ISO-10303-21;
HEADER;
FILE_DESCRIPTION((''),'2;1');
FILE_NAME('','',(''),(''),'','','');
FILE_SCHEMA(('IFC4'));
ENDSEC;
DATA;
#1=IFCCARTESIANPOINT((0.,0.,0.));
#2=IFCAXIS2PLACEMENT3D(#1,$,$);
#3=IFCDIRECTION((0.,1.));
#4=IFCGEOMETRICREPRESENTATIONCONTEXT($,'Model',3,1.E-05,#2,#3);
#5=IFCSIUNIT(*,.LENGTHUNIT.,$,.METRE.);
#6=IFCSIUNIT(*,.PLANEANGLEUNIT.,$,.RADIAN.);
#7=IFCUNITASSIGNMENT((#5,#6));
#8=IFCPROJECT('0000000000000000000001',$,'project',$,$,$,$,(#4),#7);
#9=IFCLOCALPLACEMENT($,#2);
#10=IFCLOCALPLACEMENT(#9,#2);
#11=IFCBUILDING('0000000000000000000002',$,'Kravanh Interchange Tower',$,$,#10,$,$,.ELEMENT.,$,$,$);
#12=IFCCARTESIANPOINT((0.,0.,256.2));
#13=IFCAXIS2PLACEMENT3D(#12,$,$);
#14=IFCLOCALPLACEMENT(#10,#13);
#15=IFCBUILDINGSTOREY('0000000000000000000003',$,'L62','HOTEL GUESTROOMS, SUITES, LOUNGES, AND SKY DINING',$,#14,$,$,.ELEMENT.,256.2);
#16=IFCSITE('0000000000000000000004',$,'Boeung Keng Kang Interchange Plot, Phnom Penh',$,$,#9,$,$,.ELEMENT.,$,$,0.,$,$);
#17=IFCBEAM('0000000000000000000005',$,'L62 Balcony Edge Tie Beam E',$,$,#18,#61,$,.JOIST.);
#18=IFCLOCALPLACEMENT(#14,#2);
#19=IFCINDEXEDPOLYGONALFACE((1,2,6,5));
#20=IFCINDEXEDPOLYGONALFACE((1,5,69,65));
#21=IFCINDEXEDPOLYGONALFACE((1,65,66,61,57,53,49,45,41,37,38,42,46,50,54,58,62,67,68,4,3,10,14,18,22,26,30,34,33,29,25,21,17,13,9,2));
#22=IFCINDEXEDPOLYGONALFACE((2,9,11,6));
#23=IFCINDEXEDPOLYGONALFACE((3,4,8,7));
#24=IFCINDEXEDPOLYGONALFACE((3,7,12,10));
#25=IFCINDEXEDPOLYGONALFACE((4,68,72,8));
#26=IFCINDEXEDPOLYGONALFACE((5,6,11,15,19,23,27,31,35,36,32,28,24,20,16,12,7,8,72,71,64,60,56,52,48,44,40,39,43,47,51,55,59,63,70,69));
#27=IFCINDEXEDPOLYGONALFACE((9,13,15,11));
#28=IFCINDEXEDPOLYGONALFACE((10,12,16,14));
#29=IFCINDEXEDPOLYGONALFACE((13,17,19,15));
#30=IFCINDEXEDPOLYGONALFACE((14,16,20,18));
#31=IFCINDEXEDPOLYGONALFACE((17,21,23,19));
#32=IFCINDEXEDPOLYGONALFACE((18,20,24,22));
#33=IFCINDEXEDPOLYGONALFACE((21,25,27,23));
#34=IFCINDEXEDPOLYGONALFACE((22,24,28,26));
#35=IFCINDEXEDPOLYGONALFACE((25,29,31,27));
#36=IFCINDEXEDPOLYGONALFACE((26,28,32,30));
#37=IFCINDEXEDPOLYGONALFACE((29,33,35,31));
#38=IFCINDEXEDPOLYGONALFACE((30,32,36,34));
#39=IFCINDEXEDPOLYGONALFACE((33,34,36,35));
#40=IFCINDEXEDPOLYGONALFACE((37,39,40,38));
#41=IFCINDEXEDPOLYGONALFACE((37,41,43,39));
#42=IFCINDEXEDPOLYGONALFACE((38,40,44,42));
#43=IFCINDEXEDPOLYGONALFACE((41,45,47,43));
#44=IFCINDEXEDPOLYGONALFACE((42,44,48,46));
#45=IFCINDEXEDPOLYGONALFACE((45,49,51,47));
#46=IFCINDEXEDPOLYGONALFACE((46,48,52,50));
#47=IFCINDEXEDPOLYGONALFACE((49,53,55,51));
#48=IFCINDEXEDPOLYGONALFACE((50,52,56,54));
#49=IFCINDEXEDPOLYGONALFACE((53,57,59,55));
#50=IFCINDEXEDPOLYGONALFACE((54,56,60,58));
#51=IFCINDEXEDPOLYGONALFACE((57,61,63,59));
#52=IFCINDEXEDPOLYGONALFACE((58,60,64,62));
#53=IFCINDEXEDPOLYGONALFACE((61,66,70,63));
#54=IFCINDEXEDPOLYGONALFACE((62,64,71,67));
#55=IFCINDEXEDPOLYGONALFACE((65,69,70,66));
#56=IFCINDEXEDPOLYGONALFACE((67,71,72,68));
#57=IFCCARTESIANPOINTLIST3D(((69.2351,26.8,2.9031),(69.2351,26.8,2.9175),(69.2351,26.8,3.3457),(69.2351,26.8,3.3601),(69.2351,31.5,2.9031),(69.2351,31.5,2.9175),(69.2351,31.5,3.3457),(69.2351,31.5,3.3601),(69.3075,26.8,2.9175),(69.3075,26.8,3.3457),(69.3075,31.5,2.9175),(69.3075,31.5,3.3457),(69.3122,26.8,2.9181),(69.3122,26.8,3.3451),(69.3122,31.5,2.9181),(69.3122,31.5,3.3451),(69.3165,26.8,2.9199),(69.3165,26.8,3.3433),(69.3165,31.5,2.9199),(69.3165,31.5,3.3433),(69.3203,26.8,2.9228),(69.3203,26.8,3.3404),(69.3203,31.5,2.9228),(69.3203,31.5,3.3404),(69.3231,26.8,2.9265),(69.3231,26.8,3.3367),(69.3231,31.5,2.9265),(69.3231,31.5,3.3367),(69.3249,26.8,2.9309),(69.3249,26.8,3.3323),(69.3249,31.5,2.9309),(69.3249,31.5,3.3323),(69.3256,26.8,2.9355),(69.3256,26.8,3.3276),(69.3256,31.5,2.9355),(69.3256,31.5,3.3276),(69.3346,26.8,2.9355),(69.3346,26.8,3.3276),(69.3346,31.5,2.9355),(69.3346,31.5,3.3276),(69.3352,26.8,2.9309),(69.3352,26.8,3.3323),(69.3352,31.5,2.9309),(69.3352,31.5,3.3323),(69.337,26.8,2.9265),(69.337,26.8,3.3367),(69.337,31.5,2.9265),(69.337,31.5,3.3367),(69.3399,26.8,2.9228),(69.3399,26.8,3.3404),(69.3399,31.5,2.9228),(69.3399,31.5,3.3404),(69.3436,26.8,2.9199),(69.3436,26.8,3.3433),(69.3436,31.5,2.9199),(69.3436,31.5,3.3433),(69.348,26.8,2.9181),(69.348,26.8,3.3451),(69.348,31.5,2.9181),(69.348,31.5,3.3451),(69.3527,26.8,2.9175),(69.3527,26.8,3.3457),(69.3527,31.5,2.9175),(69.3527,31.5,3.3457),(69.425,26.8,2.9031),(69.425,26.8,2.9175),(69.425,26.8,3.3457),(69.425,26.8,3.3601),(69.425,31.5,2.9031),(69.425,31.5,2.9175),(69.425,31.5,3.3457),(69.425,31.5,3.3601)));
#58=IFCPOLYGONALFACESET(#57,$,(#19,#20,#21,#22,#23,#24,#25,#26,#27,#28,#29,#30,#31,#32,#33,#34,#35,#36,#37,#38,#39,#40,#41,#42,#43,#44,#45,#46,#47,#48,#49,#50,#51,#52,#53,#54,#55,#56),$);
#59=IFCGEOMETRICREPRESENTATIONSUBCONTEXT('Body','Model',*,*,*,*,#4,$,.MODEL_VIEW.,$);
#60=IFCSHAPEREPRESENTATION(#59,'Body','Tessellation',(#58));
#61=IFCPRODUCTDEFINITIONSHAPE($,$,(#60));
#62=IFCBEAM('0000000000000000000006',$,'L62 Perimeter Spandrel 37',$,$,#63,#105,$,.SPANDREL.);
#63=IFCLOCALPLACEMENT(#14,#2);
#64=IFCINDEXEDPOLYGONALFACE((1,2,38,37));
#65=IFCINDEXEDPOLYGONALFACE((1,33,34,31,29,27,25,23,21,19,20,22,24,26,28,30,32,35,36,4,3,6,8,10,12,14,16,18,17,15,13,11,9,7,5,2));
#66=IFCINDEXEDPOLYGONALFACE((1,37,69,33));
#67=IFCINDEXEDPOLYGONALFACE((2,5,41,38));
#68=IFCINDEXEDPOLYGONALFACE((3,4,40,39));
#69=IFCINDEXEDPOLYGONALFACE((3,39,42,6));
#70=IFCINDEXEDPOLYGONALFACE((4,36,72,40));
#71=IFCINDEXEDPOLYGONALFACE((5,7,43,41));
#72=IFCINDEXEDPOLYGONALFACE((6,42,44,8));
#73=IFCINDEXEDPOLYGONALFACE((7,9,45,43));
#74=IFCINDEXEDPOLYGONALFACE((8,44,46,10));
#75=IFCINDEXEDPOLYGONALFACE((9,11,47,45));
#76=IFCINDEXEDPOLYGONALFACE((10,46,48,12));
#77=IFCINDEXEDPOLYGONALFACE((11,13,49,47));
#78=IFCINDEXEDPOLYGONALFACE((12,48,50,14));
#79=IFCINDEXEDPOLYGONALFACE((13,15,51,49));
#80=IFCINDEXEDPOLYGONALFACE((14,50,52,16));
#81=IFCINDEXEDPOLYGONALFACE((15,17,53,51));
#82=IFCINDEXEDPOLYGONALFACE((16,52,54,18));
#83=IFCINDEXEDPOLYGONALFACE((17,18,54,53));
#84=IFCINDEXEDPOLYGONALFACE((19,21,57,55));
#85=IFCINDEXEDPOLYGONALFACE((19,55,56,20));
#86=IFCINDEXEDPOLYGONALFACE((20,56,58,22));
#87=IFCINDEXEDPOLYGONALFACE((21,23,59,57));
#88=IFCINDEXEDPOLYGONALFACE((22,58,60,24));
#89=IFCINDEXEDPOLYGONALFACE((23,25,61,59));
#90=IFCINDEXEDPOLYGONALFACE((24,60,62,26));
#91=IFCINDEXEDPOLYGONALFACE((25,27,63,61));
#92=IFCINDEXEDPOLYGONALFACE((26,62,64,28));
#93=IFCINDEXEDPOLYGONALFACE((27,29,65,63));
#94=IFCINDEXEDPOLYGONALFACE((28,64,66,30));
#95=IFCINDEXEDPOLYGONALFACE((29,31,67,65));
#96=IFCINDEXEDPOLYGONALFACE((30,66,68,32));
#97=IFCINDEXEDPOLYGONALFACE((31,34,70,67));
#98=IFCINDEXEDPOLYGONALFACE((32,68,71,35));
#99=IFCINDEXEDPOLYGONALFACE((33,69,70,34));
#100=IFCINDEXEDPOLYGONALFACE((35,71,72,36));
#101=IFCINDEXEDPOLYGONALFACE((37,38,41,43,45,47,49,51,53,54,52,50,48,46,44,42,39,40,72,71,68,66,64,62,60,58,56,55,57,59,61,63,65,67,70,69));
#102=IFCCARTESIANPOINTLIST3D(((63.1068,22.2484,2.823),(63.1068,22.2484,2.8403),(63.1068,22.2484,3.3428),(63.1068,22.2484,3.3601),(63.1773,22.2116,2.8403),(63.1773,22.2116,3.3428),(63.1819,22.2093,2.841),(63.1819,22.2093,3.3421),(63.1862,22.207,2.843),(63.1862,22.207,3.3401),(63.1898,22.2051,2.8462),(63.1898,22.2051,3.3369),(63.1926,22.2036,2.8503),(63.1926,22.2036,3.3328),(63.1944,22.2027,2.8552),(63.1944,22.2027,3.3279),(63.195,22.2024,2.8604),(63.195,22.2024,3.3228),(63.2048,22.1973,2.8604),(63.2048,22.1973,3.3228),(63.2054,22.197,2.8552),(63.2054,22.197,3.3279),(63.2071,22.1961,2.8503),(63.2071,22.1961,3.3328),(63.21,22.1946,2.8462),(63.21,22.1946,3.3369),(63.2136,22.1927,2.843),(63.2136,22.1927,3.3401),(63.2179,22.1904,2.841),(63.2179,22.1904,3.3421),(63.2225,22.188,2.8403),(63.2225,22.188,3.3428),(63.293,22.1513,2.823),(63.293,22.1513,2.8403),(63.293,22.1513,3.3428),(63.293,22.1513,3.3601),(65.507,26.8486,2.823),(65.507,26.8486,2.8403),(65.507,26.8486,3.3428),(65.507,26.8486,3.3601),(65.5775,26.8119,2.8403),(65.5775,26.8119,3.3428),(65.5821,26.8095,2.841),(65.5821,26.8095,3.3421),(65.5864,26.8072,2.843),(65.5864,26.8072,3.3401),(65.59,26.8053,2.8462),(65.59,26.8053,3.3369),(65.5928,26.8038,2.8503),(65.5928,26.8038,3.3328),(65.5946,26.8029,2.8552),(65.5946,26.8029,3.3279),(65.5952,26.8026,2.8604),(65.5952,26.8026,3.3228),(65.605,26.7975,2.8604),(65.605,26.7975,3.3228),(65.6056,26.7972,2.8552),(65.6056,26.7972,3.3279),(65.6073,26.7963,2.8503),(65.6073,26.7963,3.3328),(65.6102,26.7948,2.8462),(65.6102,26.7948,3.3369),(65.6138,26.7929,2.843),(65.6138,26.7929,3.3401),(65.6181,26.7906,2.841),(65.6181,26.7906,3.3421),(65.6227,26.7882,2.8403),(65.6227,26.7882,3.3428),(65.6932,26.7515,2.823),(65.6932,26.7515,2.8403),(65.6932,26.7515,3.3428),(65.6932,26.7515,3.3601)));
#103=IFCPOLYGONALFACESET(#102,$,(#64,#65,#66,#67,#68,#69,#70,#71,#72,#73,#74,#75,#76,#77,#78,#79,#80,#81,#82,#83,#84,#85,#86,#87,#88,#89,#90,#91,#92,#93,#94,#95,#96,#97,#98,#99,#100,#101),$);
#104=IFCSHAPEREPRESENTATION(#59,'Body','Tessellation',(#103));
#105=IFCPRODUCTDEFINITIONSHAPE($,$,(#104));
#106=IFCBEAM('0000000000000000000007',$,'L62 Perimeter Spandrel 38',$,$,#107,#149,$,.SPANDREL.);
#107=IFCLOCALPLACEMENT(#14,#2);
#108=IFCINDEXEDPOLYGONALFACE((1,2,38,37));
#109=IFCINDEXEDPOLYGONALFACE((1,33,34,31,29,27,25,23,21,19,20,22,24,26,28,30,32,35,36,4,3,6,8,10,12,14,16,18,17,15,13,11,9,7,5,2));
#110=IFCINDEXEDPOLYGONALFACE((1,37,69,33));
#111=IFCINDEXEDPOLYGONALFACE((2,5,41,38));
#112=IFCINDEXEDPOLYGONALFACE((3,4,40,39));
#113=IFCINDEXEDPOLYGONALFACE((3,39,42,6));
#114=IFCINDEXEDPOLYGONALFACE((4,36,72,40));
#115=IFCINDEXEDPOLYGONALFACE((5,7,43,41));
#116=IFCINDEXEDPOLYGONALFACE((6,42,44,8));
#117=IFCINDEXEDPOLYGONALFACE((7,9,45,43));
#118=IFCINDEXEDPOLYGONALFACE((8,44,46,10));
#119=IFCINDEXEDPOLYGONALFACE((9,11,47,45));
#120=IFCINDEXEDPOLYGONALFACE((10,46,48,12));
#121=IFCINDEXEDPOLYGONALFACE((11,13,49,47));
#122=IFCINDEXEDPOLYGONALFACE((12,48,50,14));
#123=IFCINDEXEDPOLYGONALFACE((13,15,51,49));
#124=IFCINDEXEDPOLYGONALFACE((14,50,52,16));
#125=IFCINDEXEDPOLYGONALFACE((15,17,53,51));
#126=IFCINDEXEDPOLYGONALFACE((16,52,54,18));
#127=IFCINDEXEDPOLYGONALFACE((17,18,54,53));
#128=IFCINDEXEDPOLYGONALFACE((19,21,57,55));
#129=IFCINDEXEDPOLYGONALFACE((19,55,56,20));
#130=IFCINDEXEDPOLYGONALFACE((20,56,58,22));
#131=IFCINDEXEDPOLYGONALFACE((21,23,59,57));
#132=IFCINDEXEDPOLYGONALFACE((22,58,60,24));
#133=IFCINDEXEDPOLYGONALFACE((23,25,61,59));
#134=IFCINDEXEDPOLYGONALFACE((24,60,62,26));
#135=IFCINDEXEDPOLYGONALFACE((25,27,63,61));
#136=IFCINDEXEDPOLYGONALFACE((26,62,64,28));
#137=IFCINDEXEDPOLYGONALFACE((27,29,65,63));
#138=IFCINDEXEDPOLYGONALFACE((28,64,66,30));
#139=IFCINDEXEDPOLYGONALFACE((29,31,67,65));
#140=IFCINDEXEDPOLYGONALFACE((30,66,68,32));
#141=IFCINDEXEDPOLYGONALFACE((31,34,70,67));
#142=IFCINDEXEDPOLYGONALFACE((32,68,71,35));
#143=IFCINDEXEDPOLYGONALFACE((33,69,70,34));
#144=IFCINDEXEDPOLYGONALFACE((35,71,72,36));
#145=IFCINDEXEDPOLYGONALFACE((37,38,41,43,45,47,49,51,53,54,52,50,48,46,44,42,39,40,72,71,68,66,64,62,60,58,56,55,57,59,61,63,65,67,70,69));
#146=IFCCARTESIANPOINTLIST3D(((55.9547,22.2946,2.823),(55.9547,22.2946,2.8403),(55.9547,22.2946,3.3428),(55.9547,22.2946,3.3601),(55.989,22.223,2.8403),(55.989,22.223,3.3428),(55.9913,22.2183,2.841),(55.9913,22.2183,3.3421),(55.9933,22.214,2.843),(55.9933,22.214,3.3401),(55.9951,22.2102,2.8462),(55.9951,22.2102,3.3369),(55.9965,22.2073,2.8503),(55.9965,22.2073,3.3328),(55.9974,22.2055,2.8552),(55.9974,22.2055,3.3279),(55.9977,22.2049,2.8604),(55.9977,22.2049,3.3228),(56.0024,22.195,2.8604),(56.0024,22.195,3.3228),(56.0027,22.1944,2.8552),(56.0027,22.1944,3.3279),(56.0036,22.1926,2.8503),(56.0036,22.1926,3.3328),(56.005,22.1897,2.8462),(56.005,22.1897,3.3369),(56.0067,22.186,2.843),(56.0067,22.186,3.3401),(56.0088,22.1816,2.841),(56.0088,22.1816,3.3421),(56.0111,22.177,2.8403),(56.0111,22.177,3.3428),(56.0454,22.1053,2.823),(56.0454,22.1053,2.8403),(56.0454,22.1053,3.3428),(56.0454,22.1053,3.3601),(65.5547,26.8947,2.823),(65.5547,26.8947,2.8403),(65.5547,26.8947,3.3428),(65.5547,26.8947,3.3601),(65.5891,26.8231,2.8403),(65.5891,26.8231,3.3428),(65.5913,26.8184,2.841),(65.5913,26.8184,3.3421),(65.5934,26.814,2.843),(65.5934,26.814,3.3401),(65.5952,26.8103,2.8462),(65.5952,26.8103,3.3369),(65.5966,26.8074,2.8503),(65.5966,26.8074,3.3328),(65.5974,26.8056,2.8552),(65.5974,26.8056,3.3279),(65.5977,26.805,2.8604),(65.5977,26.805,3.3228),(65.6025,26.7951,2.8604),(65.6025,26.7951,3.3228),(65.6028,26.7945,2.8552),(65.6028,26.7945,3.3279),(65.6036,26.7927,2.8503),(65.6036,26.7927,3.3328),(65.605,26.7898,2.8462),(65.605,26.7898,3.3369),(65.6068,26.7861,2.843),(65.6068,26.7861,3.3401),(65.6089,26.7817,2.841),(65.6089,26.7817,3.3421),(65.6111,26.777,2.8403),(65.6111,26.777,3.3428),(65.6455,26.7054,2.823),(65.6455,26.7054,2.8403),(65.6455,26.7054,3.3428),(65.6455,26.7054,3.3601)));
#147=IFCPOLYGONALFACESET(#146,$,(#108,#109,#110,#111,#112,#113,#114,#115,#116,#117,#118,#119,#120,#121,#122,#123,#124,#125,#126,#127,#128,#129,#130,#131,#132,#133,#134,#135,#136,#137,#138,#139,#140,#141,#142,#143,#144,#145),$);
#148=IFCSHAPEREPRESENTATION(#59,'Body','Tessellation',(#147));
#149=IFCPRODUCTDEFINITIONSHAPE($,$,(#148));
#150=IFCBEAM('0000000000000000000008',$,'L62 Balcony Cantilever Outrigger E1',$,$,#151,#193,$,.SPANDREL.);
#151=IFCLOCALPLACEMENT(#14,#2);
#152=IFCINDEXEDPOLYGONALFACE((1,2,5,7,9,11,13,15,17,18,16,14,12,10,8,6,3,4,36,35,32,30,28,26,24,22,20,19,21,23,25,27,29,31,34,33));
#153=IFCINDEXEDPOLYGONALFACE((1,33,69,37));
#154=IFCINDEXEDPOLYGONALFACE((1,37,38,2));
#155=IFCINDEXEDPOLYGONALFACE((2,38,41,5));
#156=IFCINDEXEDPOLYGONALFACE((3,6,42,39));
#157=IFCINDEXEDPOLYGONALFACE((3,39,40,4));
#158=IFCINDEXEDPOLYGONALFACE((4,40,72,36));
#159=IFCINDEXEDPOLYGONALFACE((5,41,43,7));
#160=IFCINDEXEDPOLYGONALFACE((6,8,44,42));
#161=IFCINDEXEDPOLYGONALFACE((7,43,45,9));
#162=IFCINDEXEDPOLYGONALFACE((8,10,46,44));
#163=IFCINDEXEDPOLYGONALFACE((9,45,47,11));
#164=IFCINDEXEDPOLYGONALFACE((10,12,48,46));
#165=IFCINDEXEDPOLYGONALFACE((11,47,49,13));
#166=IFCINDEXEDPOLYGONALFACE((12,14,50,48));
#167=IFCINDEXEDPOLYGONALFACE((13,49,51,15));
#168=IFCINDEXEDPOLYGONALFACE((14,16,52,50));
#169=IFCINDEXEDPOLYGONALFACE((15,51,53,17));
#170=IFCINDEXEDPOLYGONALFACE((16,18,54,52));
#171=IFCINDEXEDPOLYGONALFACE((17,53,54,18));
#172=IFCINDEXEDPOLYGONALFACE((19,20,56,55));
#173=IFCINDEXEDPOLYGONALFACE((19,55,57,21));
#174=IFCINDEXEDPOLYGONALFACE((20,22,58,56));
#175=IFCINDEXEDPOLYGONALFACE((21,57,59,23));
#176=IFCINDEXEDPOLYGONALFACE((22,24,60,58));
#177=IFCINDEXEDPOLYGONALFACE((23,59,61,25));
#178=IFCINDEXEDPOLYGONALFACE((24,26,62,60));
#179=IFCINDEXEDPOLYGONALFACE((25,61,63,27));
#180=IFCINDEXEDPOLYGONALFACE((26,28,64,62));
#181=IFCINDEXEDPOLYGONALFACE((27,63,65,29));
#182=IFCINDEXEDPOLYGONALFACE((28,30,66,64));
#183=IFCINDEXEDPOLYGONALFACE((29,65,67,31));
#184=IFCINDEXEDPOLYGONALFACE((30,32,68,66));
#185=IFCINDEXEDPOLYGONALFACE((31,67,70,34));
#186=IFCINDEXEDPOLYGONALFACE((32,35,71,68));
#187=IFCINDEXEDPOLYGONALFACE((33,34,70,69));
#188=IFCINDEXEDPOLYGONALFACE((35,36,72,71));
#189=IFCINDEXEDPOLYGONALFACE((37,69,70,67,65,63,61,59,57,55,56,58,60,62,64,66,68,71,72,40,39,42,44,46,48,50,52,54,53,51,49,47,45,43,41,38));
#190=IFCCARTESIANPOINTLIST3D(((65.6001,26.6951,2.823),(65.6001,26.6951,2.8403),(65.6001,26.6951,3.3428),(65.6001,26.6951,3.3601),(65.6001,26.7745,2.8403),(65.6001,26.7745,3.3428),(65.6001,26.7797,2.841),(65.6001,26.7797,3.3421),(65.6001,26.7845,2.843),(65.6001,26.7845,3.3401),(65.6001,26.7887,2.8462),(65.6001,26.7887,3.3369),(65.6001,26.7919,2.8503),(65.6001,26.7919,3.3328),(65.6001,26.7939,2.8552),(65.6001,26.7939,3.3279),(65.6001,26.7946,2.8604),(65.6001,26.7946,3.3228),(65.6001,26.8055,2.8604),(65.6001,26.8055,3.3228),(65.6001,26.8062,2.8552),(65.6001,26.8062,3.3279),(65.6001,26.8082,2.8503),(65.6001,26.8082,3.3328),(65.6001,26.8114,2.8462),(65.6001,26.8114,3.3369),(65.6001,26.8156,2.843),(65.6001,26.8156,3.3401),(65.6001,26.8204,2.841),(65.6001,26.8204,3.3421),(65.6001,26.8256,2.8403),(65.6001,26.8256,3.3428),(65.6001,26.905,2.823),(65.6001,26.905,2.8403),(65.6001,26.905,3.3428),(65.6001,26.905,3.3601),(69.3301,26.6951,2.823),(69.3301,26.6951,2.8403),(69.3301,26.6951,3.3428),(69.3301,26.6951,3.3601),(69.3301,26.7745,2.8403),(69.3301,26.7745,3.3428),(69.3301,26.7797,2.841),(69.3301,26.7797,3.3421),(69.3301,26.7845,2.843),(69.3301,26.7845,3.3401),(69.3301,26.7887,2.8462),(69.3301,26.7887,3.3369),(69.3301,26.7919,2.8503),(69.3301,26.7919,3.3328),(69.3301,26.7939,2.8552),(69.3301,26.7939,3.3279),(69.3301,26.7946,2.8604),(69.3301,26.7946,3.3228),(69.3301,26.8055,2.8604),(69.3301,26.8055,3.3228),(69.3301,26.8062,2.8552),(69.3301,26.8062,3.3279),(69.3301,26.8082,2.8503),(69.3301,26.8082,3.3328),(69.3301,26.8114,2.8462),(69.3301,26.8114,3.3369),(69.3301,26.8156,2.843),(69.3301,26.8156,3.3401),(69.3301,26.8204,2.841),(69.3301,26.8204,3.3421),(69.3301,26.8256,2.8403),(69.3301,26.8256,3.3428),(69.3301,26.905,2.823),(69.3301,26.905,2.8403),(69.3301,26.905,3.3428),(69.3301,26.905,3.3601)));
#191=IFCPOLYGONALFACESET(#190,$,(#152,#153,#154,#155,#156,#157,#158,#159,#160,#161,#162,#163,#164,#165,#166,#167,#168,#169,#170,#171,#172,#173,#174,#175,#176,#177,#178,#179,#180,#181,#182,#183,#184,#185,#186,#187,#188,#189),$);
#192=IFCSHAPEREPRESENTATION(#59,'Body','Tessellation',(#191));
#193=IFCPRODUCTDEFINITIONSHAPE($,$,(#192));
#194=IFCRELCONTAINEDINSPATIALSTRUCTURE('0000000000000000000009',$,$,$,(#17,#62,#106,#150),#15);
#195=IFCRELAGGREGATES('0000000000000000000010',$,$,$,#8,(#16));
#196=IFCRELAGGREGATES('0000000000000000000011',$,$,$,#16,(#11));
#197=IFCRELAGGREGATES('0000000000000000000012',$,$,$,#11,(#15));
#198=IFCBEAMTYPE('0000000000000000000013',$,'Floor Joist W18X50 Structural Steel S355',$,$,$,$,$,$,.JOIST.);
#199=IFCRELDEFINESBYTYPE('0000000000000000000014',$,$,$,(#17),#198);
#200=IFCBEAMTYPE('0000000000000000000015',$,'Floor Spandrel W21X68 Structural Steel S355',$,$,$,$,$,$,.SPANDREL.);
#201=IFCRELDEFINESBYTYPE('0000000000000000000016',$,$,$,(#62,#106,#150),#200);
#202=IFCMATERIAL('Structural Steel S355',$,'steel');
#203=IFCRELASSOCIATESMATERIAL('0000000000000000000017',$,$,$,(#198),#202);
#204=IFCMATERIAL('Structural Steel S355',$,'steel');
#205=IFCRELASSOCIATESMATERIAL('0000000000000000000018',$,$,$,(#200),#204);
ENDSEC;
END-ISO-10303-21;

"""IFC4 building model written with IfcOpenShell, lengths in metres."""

from ifc_helpers import new_model, si_unit, direction, frame, origin, origin_2d, place, context, subcontext, project, spatial, i_section, extrude, material, material_profile, profile_set, type_object, element, save


model = new_model("IFC4")

# Units and contexts
model_context = context("Model", 3, precision=1e-05, world=origin(), true_north=direction((0.0, 1.0)))
body_context = subcontext(model_context, "Body", "Model", "MODEL_VIEW")
ifc_project = project(units=[si_unit("LENGTHUNIT", "METRE"), si_unit("PLANEANGLEUNIT", "RADIAN")], contexts=[model_context])

# Site, building, storey
site_placement = place(None, origin())
site = spatial("IfcSite", under=ifc_project, at=site_placement, Name="Boeung Keng Kang Interchange Plot, Phnom Penh", CompositionType="ELEMENT", RefElevation=0.0)
building_placement = place(site_placement, origin())
building = spatial("IfcBuilding", under=site, at=building_placement, Name="Kravanh Interchange Tower", CompositionType="ELEMENT")
storey_placement = place(building_placement, frame((0.0, 0.0, 256.2)))
storey = spatial("IfcBuildingStorey", under=building, at=storey_placement, Name="L62", Description="HOTEL GUESTROOMS, SUITES, LOUNGES, AND SKY DINING", CompositionType="ELEMENT", Elevation=256.2)

# Beams
ifc_material_1 = material(Name="Structural Steel S355", Category="steel")
ifc_material_profile_1 = material_profile(ifc_material_1, i_section(OverallWidth=0.1899, OverallDepth=0.457, WebThickness=0.009, FlangeThickness=0.0144, FilletRadius=0.0181, at=origin_2d()), Name="W18X50")
ifc_profile_set_1 = profile_set([ifc_material_profile_1], Name="Structural Steel S355")
beam_type_1 = type_object("IfcBeamType", Name="Floor Joist W18X50 Structural Steel S355", PredefinedType="JOIST", material=ifc_profile_set_1)
beam_1_placement = place(storey_placement, frame((69.3301, 26.8, 3.1316), z_axis=(0.0, 1.0, 0.0), x_axis=(-1.0, 0.0, 0.0)))
element("IfcBeam", 1, at=beam_1_placement, inside=storey, type_object=beam_type_1, Name="L62 Balcony Edge Tie Beam E", PredefinedType="JOIST", context=body_context, shape_type="SweptSolid", body=[
    extrude(i_section(OverallWidth=0.1899, OverallDepth=0.457, WebThickness=0.009, FlangeThickness=0.0144, FilletRadius=0.0181, at=origin_2d()), origin(), (0.0, 0.0, 1.0), 4.7),
])
ifc_material_2 = material(Name="Structural Steel S355", Category="steel")
ifc_material_profile_2 = material_profile(ifc_material_2, i_section(OverallWidth=0.21, OverallDepth=0.5371, WebThickness=0.011, FlangeThickness=0.0173, FilletRadius=0.02, at=origin_2d()), Name="W21X68")
ifc_profile_set_2 = profile_set([ifc_material_profile_2], Name="Structural Steel S355")
beam_type_2 = type_object("IfcBeamType", Name="Floor Spandrel W21X68 Structural Steel S355", PredefinedType="SPANDREL", material=ifc_profile_set_2)
beam_2_placement = place(storey_placement, frame((65.6001, 26.8, 3.0916), z_axis=(-0.46258, -0.886577, 0.0), x_axis=(0.886577, -0.46258, 0.0)))
element("IfcBeam", 2, at=beam_2_placement, inside=storey, type_object=beam_type_2, Name="L62 Perimeter Spandrel 37", PredefinedType="SPANDREL", context=body_context, shape_type="SweptSolid", body=[
    extrude(i_section(OverallWidth=0.21, OverallDepth=0.5371, WebThickness=0.011, FlangeThickness=0.0173, FilletRadius=0.02, at=origin_2d()), origin(), (0.0, 0.0, 1.0), 5.1887),
])
beam_3_placement = place(storey_placement, frame((65.6001, 26.8, 3.0916), z_axis=(-0.901814, -0.432124, 0.0), x_axis=(0.432124, -0.901814, 0.0)))
element("IfcBeam", 3, at=beam_3_placement, inside=storey, type_object=beam_type_2, Name="L62 Perimeter Spandrel 38", PredefinedType="SPANDREL", context=body_context, shape_type="SweptSolid", body=[
    extrude(i_section(OverallWidth=0.21, OverallDepth=0.5371, WebThickness=0.011, FlangeThickness=0.0173, FilletRadius=0.02, at=origin_2d()), origin(), (0.0, 0.0, 1.0), 10.6453),
])
beam_4_placement = place(storey_placement, frame((65.6001, 26.8, 3.0916), z_axis=(1.0, 0.0, 0.0), x_axis=(0.0, 1.0, 0.0)))
element("IfcBeam", 4, at=beam_4_placement, inside=storey, type_object=beam_type_2, Name="L62 Balcony Cantilever Outrigger E1", PredefinedType="SPANDREL", context=body_context, shape_type="SweptSolid", body=[
    extrude(i_section(OverallWidth=0.21, OverallDepth=0.5371, WebThickness=0.011, FlangeThickness=0.0173, FilletRadius=0.02, at=origin_2d()), origin(), (0.0, 0.0, 1.0), 3.73),
])

save(model, "model.ifc")
